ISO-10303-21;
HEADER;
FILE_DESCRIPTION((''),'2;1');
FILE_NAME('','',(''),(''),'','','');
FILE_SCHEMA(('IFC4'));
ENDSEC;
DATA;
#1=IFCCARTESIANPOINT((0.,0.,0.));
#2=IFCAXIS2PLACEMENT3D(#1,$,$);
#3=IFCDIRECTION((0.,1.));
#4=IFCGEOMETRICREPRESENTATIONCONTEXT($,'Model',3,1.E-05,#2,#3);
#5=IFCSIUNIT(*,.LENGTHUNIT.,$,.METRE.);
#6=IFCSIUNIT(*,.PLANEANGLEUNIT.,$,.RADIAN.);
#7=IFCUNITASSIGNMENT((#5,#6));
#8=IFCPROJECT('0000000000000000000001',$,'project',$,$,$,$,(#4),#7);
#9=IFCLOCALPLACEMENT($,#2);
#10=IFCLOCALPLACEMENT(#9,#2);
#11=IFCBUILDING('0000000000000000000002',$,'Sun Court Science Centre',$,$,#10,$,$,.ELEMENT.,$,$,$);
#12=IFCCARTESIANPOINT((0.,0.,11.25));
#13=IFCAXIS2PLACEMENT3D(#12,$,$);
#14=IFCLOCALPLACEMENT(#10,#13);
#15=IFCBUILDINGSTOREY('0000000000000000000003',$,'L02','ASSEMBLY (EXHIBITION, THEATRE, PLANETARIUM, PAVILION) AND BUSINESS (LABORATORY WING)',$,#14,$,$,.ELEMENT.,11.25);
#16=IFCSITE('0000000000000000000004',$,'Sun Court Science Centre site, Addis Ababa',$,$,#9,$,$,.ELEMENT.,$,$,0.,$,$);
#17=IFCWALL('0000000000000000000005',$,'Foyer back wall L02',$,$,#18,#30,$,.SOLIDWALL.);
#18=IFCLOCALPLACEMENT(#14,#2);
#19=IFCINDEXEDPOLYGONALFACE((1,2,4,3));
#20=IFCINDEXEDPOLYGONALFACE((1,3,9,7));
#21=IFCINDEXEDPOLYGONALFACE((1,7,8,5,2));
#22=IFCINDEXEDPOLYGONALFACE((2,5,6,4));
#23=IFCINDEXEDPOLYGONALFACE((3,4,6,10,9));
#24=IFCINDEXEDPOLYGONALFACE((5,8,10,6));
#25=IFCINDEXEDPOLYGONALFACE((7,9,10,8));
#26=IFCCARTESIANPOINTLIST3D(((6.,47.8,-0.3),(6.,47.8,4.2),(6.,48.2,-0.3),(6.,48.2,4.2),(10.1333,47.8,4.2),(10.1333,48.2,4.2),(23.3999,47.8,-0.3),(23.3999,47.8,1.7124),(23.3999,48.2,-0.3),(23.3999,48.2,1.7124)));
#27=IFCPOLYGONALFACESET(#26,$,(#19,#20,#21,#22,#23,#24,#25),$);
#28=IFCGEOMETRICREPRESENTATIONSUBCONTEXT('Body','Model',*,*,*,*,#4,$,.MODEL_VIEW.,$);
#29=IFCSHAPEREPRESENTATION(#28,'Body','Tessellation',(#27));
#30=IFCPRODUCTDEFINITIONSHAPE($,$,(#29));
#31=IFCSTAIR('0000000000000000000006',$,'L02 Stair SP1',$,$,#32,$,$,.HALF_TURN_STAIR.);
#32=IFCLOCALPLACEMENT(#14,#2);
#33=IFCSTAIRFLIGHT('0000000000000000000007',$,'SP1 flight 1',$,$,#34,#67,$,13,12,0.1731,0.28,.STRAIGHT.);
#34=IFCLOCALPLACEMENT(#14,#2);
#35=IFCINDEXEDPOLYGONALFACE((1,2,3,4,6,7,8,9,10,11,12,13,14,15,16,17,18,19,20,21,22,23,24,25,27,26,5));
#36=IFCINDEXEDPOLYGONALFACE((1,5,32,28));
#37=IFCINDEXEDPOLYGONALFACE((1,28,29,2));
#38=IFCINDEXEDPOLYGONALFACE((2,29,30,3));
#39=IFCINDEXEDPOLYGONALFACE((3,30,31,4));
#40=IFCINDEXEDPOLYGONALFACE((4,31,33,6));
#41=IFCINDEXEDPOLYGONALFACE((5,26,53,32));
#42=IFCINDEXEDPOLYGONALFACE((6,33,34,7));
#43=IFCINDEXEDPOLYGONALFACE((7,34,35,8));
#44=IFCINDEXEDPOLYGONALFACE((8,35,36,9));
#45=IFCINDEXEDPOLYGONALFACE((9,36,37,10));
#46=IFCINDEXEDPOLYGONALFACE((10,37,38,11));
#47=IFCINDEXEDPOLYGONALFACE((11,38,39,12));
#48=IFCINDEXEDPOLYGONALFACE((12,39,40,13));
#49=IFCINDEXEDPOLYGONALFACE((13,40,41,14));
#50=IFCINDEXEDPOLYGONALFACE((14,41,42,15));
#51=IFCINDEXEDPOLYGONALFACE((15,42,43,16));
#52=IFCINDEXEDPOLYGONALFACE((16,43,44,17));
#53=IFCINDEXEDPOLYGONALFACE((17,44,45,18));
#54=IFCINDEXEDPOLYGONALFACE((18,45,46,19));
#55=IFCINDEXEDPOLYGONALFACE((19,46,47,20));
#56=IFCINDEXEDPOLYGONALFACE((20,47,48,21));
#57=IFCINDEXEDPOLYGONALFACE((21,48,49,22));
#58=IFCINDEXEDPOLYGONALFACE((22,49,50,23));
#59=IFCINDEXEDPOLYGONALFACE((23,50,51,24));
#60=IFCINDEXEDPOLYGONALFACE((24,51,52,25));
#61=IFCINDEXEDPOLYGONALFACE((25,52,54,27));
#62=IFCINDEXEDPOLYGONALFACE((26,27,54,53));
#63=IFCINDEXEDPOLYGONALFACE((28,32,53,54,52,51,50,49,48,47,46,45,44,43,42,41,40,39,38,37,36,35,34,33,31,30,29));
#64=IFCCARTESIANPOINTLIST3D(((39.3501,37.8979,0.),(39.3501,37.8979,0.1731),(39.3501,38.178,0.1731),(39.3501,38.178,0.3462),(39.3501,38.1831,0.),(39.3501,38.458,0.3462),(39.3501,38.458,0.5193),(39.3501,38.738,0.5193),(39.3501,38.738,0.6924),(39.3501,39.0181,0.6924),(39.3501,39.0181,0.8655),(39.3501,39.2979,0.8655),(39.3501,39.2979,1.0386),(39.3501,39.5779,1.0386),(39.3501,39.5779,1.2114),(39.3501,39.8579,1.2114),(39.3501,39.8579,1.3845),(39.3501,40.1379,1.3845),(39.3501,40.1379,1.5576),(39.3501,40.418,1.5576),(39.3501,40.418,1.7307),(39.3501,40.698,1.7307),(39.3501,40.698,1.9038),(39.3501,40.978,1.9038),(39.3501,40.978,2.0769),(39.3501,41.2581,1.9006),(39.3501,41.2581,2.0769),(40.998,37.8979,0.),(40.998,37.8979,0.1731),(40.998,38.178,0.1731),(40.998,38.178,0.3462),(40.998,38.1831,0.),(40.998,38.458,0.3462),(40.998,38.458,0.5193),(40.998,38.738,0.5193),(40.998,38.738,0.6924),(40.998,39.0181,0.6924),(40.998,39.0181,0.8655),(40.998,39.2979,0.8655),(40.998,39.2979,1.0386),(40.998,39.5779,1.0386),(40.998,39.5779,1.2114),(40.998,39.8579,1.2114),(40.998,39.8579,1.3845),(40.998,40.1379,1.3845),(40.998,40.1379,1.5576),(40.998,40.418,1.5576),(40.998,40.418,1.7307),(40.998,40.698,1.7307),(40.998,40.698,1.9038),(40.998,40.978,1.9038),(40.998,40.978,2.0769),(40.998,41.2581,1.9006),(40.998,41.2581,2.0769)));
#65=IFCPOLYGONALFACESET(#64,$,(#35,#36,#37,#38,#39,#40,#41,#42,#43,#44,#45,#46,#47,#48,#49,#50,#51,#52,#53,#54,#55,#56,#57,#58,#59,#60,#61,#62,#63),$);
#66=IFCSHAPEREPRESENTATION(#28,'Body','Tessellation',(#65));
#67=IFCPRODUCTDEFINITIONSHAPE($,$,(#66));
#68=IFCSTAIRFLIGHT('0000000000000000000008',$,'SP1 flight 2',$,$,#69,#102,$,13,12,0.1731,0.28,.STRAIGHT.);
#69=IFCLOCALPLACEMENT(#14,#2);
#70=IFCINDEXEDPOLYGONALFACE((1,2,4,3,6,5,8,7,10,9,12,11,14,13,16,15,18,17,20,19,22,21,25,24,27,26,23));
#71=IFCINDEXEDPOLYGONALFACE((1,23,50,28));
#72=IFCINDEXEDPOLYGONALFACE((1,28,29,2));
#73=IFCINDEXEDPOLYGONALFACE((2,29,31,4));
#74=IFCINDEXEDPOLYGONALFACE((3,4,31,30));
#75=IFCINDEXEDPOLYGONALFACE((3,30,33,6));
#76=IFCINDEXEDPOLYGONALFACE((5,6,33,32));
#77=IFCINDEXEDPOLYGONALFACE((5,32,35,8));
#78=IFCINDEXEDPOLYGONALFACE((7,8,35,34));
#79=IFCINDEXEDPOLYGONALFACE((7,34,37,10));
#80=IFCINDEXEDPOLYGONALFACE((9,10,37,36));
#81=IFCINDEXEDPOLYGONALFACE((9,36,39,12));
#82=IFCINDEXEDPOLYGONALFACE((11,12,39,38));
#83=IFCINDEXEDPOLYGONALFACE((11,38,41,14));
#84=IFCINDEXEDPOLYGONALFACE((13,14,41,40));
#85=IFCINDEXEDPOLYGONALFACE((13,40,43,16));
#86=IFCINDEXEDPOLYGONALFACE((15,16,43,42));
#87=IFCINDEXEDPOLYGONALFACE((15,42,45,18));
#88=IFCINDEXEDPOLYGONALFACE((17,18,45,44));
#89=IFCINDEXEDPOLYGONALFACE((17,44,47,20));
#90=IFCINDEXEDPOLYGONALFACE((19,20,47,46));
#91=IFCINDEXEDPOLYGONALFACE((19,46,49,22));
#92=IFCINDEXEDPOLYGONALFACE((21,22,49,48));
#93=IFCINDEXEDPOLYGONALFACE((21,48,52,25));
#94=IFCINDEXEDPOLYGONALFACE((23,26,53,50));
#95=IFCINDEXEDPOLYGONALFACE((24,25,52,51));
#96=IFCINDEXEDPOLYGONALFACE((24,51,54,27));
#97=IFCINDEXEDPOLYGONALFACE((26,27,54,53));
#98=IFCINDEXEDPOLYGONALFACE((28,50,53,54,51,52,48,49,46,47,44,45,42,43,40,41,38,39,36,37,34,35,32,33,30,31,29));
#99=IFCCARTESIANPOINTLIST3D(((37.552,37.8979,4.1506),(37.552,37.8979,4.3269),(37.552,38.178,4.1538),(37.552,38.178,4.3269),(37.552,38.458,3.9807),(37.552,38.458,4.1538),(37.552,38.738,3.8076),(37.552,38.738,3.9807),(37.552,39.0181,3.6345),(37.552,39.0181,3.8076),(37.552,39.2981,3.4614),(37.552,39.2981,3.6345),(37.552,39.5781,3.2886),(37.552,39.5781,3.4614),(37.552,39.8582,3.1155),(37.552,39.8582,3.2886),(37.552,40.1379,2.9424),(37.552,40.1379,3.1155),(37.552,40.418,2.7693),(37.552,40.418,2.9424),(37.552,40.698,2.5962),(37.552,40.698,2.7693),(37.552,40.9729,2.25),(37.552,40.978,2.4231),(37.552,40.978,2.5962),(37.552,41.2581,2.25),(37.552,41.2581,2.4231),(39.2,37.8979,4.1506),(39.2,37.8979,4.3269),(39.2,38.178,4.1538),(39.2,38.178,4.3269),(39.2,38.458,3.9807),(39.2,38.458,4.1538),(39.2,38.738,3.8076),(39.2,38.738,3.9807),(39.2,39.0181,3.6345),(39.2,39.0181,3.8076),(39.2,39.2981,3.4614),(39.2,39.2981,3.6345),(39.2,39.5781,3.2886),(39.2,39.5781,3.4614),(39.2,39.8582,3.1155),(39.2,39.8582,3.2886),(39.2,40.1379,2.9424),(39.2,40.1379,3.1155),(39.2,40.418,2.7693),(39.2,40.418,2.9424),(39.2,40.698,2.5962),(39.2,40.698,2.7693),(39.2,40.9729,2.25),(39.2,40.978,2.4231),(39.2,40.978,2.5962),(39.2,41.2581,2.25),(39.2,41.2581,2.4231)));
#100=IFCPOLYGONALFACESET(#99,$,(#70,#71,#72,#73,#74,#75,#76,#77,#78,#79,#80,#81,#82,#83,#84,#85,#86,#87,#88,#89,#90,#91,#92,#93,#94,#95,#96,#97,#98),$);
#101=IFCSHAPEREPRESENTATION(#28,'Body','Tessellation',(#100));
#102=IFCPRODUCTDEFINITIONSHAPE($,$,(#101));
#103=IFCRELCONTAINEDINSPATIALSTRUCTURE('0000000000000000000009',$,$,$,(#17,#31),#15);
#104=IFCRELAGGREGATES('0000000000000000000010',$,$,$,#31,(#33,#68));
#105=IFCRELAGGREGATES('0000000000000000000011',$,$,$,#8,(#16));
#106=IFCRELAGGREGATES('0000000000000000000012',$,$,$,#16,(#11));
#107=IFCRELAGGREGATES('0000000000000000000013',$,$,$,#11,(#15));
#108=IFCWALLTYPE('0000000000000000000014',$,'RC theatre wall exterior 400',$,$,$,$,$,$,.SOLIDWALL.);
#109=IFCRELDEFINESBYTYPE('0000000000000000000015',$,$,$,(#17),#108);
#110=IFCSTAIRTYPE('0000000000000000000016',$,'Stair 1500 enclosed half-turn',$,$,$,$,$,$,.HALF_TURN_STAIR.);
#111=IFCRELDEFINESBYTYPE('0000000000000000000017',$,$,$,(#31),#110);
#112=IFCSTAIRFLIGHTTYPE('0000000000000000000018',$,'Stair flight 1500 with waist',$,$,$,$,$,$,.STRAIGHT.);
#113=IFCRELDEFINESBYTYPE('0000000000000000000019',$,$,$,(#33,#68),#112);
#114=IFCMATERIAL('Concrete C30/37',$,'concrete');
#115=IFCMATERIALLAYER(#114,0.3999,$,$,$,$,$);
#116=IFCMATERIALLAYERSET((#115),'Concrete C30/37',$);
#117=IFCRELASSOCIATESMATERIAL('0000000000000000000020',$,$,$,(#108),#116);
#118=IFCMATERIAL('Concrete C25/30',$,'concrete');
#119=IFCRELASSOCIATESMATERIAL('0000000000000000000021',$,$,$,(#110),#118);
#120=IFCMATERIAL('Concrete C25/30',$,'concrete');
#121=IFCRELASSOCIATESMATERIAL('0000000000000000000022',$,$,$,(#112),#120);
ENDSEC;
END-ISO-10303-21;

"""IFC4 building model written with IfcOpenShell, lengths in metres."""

from ifc_helpers import new_model, si_unit, direction, frame, origin, place, context, subcontext, project, spatial, polyline, outline, extrude, material, layer, layer_set, type_object, element, aggregate, save


model = new_model("IFC4")

# Units and contexts
model_context = context("Model", 3, precision=1e-05, world=origin(), true_north=direction((0.0, 1.0)))
body_context = subcontext(model_context, "Body", "Model", "MODEL_VIEW")
ifc_project = project(units=[si_unit("LENGTHUNIT", "METRE"), si_unit("PLANEANGLEUNIT", "RADIAN")], contexts=[model_context])

# Site, building, storey
site_placement = place(None, origin())
site = spatial("IfcSite", under=ifc_project, at=site_placement, Name="Sun Court Science Centre site, Addis Ababa", CompositionType="ELEMENT", RefElevation=0.0)
building_placement = place(site_placement, origin())
building = spatial("IfcBuilding", under=site, at=building_placement, Name="Sun Court Science Centre", CompositionType="ELEMENT")
storey_placement = place(building_placement, frame((0.0, 0.0, 11.25)))
storey = spatial("IfcBuildingStorey", under=building, at=storey_placement, Name="L02", Description="ASSEMBLY (EXHIBITION, THEATRE, PLANETARIUM, PAVILION) AND BUSINESS (LABORATORY WING)", CompositionType="ELEMENT", Elevation=11.25)

# Wall
ifc_material_1 = material(Name="Concrete C30/37", Category="concrete")
ifc_layer_1 = layer(ifc_material_1, 0.3999)
ifc_layer_set_1 = layer_set([ifc_layer_1], Name="Concrete C30/37")
wall_type_1 = type_object("IfcWallType", Name="RC theatre wall exterior 400", PredefinedType="SOLIDWALL", material=ifc_layer_set_1)
wall_1_placement = place(storey_placement, frame((6.0, 48.0, -0.3), z_axis=(0.0, 0.0, 1.0), x_axis=(1.0, 0.0, 0.0)))
element("IfcWall", 1, at=wall_1_placement, inside=storey, type_object=wall_type_1, Name="Foyer back wall L02", PredefinedType="SOLIDWALL", context=body_context, shape_type="SweptSolid", body=[
    extrude(outline(polyline([(0.0, 0.0), (17.3999, 0.0), (17.3999, 2.0125), (4.1333, 4.5), (0.0, 4.5), (0.0, 0.0)])), frame((0.0, 0.2, 0.0), z_axis=(0.0, -1.0, 0.0), x_axis=(1.0, 0.0, 0.0)), (0.0, 0.0, 1.0), 0.3999),
])

# Stair, stair flights
ifc_material_2 = material(Name="Concrete C25/30", Category="concrete")
stair_type = type_object("IfcStairType", Name="Stair 1500 enclosed half-turn", PredefinedType="HALF_TURN_STAIR", material=ifc_material_2)
stair_placement = place(storey_placement, origin())
stair = element("IfcStair", 2, at=stair_placement, inside=storey, type_object=stair_type, Name="L02 Stair SP1", PredefinedType="HALF_TURN_STAIR")
ifc_material_3 = material(Name="Concrete C25/30", Category="concrete")
stair_flight_type = type_object("IfcStairFlightType", Name="Stair flight 1500 with waist", PredefinedType="STRAIGHT", material=ifc_material_3)
stair_flight_1_placement = place(storey_placement, frame((40.1741, 37.8979, 0.0), z_axis=(0.0, 0.0, 1.0), x_axis=(0.0, 1.0, 0.0)))
stair_flight_1 = element("IfcStairFlight", 3, at=stair_flight_1_placement, type_object=stair_flight_type, Name="SP1 flight 1", NumberOfRisers=13, NumberOfTreads=12, PredefinedType="STRAIGHT", RiserHeight=0.1731, TreadLength=0.28, context=body_context, shape_type="SweptSolid", body=[
    extrude(outline(polyline([(0.0, 0.0), (0.0, 0.1731), (0.28, 0.1731), (0.28, 0.3462), (0.5601, 0.3462), (0.5601, 0.5193), (0.8401, 0.5193), (0.8401, 0.6924), (1.1201, 0.6924), (1.1201, 0.8655), (1.3999, 0.8655), (1.3999, 1.0386), (1.6799, 1.0386), (1.6799, 1.2114), (1.96, 1.2114), (1.96, 1.3845), (2.24, 1.3845), (2.24, 1.5576), (2.52, 1.5576), (2.52, 1.7307), (2.8, 1.7307), (2.8, 1.9038), (3.0801, 1.9038), (3.0801, 2.0769), (3.3601, 2.0769), (3.3601, 2.25), (3.3601, 1.9006), (0.2852, 0.0), (0.0, 0.0)])), frame((0.0, 0.824, 0.0), z_axis=(0.0, -1.0, 0.0), x_axis=(1.0, 0.0, 0.0)), (0.0, 0.0, 1.0), 1.6479),
])
stair_flight_2_placement = place(storey_placement, frame((38.376, 41.2581, 2.25), z_axis=(0.0, 0.0, 1.0), x_axis=(0.0, -1.0, 0.0)))
stair_flight_2 = element("IfcStairFlight", 4, at=stair_flight_2_placement, type_object=stair_flight_type, Name="SP1 flight 2", NumberOfRisers=13, NumberOfTreads=12, PredefinedType="STRAIGHT", RiserHeight=0.1731, TreadLength=0.28, context=body_context, shape_type="SweptSolid", body=[
    extrude(outline(polyline([(0.0, 0.0), (0.0, 0.1731), (0.28, 0.1731), (0.28, 0.3462), (0.5601, 0.3462), (0.5601, 0.5193), (0.8401, 0.5193), (0.8401, 0.6924), (1.1201, 0.6924), (1.1201, 0.8655), (1.3999, 0.8655), (1.3999, 1.0386), (1.6799, 1.0386), (1.6799, 1.2114), (1.96, 1.2114), (1.96, 1.3845), (2.24, 1.3845), (2.24, 1.5576), (2.52, 1.5576), (2.52, 1.7307), (2.8, 1.7307), (2.8, 1.9038), (3.0801, 1.9038), (3.0801, 2.0769), (3.3601, 2.0769), (3.3601, 2.25), (3.3601, 1.9006), (0.2852, 0.0), (0.0, 0.0)])), frame((0.0, 0.824, 0.0), z_axis=(0.0, -1.0, 0.0), x_axis=(1.0, 0.0, 0.0)), (0.0, 0.0, 1.0), 1.6479),
])
aggregate(stair, [stair_flight_1, stair_flight_2])

save(model, "model.ifc")
